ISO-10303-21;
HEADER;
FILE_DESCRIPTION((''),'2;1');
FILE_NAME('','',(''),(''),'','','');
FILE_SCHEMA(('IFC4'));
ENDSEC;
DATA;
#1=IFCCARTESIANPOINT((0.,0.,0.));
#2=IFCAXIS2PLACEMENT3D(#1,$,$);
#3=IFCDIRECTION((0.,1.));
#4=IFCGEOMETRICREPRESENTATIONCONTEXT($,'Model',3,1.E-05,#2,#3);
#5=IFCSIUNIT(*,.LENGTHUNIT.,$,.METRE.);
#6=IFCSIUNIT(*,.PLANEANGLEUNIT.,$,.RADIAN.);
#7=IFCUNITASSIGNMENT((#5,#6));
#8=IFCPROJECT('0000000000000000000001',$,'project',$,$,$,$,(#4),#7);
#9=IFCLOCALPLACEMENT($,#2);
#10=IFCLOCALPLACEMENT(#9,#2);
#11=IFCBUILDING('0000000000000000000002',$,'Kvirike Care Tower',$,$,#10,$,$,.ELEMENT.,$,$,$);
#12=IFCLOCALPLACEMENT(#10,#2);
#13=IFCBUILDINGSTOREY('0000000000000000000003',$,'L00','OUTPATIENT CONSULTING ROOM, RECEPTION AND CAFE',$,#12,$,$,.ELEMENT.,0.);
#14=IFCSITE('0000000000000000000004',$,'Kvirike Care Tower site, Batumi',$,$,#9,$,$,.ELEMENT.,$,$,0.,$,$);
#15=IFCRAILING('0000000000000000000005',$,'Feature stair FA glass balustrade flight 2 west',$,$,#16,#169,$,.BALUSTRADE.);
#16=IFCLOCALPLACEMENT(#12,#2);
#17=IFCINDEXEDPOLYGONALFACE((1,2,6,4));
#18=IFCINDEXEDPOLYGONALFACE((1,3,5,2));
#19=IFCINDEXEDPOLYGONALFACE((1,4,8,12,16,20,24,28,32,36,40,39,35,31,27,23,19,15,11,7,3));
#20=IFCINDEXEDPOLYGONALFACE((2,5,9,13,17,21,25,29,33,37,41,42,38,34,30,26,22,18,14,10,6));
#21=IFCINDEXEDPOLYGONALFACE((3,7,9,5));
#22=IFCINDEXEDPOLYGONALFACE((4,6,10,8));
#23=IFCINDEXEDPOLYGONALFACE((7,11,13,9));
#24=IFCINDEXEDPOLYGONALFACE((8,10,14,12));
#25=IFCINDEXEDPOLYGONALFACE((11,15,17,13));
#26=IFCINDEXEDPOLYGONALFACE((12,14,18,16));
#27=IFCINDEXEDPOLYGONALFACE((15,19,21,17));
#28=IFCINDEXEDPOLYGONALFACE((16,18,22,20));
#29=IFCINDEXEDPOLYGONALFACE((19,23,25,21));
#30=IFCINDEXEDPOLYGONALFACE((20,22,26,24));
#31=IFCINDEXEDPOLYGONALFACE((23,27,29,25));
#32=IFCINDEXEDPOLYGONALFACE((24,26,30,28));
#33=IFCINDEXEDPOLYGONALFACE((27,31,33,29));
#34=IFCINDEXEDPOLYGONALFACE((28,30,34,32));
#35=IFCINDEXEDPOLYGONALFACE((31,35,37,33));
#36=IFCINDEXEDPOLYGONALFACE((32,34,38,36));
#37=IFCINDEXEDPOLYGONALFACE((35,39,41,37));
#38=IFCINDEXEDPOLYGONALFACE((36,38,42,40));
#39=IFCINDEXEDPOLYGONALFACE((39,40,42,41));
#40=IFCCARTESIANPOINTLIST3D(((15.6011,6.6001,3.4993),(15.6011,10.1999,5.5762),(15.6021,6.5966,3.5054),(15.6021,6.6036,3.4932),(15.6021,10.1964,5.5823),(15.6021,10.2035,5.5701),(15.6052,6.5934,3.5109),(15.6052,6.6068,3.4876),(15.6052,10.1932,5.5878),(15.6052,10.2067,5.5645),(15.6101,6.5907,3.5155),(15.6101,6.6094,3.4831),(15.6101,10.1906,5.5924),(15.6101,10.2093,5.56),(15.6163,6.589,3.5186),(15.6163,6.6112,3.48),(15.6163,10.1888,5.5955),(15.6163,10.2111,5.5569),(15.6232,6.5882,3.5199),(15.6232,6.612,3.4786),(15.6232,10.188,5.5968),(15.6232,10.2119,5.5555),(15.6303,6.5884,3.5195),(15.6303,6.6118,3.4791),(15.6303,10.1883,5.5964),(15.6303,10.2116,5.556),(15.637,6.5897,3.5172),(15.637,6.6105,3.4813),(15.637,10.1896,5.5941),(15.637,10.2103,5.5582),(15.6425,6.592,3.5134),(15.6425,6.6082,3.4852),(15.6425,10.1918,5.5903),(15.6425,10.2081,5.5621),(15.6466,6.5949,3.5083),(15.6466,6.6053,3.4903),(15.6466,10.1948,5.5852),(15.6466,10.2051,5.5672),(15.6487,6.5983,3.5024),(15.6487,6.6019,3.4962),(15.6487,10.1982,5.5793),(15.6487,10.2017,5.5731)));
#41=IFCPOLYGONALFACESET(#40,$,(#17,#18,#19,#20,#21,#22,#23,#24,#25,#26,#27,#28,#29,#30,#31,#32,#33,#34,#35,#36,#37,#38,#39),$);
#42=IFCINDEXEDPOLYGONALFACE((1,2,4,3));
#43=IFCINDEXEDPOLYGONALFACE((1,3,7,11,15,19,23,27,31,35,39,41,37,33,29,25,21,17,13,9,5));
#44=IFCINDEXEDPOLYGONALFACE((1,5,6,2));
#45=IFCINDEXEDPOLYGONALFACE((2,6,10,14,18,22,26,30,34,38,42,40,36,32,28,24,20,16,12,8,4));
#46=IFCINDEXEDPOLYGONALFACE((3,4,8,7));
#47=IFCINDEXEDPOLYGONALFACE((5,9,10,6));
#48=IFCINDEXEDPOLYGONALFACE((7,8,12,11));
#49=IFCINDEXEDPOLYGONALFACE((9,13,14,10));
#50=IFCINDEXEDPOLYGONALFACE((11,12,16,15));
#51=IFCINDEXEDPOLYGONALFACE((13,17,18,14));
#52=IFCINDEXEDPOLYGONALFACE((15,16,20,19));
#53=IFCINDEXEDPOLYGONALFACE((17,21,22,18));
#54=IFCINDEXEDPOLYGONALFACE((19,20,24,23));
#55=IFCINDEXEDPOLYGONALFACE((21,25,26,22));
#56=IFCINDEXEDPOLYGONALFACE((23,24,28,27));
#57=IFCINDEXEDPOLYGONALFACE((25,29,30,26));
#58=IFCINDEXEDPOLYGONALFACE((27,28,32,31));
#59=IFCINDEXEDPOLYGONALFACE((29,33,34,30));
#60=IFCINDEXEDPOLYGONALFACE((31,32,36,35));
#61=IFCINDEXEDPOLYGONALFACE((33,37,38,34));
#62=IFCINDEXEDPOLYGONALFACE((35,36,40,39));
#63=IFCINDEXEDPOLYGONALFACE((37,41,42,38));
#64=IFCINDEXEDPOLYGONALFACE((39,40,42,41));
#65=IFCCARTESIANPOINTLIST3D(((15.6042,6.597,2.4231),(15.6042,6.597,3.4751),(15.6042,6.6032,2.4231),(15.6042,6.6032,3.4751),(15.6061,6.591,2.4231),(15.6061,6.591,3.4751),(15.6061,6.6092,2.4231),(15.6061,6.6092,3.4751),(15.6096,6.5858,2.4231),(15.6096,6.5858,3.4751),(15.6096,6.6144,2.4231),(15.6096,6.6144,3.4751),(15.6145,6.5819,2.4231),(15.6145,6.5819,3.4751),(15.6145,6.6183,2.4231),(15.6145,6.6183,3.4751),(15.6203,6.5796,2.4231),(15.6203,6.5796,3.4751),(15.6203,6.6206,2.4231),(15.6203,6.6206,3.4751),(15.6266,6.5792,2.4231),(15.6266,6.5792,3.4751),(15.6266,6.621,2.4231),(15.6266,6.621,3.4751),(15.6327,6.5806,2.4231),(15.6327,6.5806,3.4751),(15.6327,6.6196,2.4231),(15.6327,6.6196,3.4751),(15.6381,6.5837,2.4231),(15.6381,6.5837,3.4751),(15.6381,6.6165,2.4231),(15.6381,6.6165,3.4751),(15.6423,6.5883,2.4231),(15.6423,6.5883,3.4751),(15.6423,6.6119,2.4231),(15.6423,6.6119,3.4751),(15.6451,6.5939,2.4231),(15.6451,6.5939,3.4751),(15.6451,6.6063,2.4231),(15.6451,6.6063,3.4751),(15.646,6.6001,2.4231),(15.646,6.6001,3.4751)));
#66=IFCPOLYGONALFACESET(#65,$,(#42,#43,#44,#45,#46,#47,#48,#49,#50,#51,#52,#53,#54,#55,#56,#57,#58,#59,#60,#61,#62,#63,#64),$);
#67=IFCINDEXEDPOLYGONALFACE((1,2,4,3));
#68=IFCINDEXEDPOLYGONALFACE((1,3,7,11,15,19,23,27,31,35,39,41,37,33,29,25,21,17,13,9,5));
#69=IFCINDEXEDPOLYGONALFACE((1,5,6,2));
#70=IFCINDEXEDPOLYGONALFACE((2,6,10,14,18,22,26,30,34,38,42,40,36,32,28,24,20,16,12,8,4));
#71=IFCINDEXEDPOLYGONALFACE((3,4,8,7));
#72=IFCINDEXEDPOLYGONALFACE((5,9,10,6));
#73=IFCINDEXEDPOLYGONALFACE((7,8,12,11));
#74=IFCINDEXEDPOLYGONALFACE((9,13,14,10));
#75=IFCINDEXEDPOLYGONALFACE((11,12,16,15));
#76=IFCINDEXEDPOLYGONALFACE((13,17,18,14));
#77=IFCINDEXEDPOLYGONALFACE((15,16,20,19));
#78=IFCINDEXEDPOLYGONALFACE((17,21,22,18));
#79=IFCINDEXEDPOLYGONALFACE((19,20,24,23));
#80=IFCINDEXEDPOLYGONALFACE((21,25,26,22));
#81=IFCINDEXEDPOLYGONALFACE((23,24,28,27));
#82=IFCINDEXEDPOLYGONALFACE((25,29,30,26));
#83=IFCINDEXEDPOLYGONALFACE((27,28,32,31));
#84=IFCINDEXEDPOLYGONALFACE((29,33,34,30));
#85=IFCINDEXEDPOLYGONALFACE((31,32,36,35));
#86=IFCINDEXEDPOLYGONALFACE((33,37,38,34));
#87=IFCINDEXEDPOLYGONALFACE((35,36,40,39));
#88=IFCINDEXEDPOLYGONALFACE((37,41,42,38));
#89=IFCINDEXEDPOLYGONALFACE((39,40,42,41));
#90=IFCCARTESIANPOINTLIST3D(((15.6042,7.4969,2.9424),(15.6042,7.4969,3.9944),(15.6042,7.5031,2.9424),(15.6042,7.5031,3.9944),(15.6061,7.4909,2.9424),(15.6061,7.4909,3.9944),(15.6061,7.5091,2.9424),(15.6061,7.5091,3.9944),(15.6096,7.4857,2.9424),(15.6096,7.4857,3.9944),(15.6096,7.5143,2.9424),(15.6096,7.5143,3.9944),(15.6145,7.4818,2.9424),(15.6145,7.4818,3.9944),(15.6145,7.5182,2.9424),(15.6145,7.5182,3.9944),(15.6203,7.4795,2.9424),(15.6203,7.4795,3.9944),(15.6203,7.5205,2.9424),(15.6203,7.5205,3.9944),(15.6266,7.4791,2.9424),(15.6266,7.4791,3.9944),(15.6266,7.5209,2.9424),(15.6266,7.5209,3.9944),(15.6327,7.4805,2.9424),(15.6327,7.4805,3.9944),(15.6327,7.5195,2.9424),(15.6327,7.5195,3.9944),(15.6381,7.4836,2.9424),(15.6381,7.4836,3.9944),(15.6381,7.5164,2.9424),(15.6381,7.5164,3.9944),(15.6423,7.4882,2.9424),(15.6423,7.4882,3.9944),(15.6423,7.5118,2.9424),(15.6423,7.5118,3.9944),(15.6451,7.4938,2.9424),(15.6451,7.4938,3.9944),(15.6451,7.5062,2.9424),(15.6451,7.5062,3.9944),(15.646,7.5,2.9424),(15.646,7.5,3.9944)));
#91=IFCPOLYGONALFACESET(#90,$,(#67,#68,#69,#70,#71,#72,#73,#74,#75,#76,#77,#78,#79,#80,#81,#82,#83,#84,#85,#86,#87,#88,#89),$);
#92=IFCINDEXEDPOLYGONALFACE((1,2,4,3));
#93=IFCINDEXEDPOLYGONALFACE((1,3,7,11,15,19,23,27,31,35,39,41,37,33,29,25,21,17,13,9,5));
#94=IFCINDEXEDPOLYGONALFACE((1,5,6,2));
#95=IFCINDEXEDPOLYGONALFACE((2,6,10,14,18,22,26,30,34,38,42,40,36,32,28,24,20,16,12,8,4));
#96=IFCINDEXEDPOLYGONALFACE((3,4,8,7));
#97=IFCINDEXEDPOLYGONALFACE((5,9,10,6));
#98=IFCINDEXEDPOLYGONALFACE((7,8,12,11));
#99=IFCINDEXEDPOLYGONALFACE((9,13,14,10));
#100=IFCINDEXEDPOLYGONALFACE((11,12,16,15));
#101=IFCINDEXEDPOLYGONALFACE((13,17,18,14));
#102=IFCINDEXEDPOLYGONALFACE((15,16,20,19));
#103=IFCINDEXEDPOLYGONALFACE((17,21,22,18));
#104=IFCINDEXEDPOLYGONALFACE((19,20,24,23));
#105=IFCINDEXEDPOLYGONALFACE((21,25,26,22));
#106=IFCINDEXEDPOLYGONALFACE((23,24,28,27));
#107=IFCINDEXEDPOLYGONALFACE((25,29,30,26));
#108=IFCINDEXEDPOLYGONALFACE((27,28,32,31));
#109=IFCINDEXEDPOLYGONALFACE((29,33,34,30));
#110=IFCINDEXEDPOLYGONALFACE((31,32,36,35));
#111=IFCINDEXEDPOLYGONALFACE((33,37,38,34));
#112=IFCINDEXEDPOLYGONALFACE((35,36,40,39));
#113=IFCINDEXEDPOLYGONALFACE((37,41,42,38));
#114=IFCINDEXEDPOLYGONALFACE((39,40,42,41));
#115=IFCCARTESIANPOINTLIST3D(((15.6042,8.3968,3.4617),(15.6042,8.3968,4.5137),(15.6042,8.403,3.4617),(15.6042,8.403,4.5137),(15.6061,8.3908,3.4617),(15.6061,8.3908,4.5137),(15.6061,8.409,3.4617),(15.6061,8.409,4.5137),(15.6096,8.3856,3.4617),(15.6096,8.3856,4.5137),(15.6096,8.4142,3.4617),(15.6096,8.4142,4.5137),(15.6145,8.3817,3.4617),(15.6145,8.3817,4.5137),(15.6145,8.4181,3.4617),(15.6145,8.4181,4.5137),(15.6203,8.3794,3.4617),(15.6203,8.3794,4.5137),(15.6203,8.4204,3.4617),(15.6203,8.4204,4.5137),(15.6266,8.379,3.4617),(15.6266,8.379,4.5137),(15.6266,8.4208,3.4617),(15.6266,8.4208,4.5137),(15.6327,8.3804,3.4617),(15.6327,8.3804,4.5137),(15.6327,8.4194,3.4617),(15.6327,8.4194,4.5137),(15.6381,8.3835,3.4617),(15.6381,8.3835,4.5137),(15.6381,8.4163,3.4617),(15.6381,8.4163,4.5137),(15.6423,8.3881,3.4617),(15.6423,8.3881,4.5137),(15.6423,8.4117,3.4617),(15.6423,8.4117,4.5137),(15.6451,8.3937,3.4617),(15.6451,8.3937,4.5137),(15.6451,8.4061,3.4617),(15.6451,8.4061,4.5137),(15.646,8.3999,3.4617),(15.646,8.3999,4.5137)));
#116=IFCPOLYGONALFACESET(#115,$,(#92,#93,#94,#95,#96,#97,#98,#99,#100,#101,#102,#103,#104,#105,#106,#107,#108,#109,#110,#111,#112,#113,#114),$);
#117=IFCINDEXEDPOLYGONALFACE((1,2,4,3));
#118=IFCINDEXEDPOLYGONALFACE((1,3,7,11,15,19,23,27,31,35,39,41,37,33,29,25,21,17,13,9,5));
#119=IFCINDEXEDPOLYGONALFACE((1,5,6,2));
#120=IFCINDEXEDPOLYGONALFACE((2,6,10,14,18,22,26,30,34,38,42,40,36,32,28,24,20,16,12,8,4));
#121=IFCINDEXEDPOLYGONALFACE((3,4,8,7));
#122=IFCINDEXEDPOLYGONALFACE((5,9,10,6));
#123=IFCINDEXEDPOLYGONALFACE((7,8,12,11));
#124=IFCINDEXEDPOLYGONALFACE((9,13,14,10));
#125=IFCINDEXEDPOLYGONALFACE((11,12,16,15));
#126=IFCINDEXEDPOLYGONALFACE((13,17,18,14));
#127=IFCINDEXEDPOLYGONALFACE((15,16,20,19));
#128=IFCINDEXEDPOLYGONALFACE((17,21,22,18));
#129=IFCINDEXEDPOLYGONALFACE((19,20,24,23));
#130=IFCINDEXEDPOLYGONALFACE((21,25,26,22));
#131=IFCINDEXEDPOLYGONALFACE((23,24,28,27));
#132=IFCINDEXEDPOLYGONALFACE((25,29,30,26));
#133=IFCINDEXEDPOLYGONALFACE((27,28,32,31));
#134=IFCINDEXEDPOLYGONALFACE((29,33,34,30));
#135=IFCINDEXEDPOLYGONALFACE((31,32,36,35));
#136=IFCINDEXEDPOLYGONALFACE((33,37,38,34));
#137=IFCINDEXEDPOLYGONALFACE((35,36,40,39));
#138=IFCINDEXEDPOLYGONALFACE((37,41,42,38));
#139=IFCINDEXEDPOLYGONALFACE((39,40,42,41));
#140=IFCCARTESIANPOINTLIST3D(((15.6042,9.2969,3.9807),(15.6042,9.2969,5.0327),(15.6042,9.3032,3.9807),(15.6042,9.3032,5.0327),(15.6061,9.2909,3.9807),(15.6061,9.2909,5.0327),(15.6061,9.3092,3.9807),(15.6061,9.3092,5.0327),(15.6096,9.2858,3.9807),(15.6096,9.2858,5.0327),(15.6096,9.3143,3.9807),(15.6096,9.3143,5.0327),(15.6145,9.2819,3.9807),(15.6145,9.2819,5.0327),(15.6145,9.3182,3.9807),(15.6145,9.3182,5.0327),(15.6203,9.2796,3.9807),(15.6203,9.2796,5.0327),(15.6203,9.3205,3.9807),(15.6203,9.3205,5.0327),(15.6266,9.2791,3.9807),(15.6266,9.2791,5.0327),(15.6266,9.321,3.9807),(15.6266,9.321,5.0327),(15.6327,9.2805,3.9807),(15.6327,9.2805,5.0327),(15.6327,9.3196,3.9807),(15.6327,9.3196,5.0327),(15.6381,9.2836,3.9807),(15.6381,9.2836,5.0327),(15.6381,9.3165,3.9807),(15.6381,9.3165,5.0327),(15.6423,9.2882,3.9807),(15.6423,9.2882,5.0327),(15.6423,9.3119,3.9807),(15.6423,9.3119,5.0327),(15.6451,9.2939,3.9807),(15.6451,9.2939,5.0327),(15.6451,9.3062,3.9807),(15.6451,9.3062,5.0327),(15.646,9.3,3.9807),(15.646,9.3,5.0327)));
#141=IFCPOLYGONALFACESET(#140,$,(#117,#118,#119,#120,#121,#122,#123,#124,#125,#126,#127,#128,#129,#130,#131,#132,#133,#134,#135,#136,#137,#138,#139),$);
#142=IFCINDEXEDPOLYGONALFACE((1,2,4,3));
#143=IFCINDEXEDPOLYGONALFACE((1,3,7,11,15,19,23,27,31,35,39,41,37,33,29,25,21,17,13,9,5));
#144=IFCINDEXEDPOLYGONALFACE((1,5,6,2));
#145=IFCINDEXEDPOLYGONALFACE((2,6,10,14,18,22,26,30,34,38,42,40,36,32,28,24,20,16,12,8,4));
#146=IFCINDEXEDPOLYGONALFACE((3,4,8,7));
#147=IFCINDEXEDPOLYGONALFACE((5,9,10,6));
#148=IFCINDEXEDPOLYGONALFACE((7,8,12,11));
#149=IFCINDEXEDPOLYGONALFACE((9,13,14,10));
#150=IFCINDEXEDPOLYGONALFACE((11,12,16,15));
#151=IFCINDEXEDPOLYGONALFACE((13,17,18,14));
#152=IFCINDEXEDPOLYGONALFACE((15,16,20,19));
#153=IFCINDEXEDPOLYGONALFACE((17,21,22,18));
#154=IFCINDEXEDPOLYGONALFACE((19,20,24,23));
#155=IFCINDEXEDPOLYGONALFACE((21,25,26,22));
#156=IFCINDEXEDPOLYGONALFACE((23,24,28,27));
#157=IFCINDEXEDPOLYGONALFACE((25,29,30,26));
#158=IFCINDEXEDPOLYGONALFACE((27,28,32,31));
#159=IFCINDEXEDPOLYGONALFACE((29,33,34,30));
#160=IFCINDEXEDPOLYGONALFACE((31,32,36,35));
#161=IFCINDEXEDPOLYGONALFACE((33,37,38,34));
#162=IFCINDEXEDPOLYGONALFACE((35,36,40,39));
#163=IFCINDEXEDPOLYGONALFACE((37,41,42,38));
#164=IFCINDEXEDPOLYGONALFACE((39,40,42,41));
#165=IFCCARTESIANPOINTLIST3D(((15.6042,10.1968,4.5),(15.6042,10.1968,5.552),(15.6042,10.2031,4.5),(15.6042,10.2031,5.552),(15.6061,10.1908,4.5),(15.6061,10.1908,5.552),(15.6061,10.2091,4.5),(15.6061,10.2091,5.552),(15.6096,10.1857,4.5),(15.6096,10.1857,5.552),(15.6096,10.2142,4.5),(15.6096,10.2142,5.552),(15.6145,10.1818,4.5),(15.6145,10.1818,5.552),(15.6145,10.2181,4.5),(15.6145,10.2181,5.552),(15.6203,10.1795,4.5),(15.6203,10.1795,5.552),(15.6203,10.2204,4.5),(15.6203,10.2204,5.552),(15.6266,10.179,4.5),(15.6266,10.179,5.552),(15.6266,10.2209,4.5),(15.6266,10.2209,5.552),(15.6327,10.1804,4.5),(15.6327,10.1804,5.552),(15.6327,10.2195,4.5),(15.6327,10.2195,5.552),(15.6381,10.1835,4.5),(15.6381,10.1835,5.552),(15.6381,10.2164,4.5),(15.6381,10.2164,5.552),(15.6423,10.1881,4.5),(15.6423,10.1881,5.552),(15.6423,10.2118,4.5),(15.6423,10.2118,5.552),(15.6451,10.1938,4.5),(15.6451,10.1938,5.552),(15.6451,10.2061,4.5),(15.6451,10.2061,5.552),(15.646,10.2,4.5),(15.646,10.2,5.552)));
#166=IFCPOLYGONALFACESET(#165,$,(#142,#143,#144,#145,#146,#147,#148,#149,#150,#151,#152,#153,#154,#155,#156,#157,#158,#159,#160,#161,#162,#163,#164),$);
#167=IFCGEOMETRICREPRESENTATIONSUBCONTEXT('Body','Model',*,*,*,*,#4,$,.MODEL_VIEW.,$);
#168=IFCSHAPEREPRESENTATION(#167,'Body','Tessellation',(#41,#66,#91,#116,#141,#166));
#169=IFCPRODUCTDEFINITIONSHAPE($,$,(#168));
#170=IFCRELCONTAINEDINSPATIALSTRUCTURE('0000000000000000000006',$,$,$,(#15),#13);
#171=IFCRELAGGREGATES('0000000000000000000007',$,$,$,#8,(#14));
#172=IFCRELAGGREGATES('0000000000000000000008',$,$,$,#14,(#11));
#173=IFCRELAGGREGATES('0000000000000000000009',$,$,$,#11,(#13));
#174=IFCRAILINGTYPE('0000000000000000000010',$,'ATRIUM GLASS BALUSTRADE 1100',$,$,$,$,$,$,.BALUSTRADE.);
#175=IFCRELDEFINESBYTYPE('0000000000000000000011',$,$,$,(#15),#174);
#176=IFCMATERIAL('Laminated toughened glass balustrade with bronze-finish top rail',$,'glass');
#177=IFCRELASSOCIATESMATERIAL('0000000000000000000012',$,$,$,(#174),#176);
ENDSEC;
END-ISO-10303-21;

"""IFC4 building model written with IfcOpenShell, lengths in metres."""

from ifc_helpers import new_model, si_unit, direction, frame, origin, origin_2d, place, context, subcontext, project, spatial, circle, extrude, material, type_object, element, save


model = new_model("IFC4")

# Units and contexts
model_context = context("Model", 3, precision=1e-05, world=origin(), true_north=direction((0.0, 1.0)))
body_context = subcontext(model_context, "Body", "Model", "MODEL_VIEW")
ifc_project = project(units=[si_unit("LENGTHUNIT", "METRE"), si_unit("PLANEANGLEUNIT", "RADIAN")], contexts=[model_context])

# Site, building, storey
site_placement = place(None, origin())
site = spatial("IfcSite", under=ifc_project, at=site_placement, Name="Kvirike Care Tower site, Batumi", CompositionType="ELEMENT", RefElevation=0.0)
building_placement = place(site_placement, origin())
building = spatial("IfcBuilding", under=site, at=building_placement, Name="Kvirike Care Tower", CompositionType="ELEMENT")
storey_placement = place(building_placement, origin())
storey = spatial("IfcBuildingStorey", under=building, at=storey_placement, Name="L00", Description="OUTPATIENT CONSULTING ROOM, RECEPTION AND CAFE", CompositionType="ELEMENT", Elevation=0.0)

# Railing
ifc_material_1 = material(Name="Laminated toughened glass balustrade with bronze-finish top rail", Category="glass")
railing_type_1 = type_object("IfcRailingType", Name="ATRIUM GLASS BALUSTRADE 1100", PredefinedType="BALUSTRADE", material=ifc_material_1)
railing_1_placement = place(storey_placement, frame((15.625, 6.6001, 2.4231)))
element("IfcRailing", 1, at=railing_1_placement, inside=storey, type_object=railing_type_1, Name="Feature stair FA glass balustrade flight 2 west", PredefinedType="BALUSTRADE", context=body_context, shape_type="SweptSolid", body=[
    extrude(circle(Radius=0.0239, at=origin_2d()), frame((0.0, 0.0, 1.0762), z_axis=(0.0, 0.866179, 0.499734), x_axis=(-1.0, 0.0, 0.0)), (0.0, 0.0, 1.0), 4.156),
    extrude(circle(Radius=0.021, at=origin_2d()), origin(), (0.0, 0.0, 1.0), 1.052),
    extrude(circle(Radius=0.021, at=origin_2d()), frame((0.0, 0.8999, 0.5193)), (0.0, 0.0, 1.0), 1.052),
    extrude(circle(Radius=0.021, at=origin_2d()), frame((0.0, 1.7998, 1.0386)), (0.0, 0.0, 1.0), 1.052),
    extrude(circle(Radius=0.021, at=origin_2d()), frame((0.0, 2.7, 1.5576)), (0.0, 0.0, 1.0), 1.052),
    extrude(circle(Radius=0.021, at=origin_2d()), frame((0.0, 3.5999, 2.0769)), (0.0, 0.0, 1.0), 1.052),
])

save(model, "model.ifc")
